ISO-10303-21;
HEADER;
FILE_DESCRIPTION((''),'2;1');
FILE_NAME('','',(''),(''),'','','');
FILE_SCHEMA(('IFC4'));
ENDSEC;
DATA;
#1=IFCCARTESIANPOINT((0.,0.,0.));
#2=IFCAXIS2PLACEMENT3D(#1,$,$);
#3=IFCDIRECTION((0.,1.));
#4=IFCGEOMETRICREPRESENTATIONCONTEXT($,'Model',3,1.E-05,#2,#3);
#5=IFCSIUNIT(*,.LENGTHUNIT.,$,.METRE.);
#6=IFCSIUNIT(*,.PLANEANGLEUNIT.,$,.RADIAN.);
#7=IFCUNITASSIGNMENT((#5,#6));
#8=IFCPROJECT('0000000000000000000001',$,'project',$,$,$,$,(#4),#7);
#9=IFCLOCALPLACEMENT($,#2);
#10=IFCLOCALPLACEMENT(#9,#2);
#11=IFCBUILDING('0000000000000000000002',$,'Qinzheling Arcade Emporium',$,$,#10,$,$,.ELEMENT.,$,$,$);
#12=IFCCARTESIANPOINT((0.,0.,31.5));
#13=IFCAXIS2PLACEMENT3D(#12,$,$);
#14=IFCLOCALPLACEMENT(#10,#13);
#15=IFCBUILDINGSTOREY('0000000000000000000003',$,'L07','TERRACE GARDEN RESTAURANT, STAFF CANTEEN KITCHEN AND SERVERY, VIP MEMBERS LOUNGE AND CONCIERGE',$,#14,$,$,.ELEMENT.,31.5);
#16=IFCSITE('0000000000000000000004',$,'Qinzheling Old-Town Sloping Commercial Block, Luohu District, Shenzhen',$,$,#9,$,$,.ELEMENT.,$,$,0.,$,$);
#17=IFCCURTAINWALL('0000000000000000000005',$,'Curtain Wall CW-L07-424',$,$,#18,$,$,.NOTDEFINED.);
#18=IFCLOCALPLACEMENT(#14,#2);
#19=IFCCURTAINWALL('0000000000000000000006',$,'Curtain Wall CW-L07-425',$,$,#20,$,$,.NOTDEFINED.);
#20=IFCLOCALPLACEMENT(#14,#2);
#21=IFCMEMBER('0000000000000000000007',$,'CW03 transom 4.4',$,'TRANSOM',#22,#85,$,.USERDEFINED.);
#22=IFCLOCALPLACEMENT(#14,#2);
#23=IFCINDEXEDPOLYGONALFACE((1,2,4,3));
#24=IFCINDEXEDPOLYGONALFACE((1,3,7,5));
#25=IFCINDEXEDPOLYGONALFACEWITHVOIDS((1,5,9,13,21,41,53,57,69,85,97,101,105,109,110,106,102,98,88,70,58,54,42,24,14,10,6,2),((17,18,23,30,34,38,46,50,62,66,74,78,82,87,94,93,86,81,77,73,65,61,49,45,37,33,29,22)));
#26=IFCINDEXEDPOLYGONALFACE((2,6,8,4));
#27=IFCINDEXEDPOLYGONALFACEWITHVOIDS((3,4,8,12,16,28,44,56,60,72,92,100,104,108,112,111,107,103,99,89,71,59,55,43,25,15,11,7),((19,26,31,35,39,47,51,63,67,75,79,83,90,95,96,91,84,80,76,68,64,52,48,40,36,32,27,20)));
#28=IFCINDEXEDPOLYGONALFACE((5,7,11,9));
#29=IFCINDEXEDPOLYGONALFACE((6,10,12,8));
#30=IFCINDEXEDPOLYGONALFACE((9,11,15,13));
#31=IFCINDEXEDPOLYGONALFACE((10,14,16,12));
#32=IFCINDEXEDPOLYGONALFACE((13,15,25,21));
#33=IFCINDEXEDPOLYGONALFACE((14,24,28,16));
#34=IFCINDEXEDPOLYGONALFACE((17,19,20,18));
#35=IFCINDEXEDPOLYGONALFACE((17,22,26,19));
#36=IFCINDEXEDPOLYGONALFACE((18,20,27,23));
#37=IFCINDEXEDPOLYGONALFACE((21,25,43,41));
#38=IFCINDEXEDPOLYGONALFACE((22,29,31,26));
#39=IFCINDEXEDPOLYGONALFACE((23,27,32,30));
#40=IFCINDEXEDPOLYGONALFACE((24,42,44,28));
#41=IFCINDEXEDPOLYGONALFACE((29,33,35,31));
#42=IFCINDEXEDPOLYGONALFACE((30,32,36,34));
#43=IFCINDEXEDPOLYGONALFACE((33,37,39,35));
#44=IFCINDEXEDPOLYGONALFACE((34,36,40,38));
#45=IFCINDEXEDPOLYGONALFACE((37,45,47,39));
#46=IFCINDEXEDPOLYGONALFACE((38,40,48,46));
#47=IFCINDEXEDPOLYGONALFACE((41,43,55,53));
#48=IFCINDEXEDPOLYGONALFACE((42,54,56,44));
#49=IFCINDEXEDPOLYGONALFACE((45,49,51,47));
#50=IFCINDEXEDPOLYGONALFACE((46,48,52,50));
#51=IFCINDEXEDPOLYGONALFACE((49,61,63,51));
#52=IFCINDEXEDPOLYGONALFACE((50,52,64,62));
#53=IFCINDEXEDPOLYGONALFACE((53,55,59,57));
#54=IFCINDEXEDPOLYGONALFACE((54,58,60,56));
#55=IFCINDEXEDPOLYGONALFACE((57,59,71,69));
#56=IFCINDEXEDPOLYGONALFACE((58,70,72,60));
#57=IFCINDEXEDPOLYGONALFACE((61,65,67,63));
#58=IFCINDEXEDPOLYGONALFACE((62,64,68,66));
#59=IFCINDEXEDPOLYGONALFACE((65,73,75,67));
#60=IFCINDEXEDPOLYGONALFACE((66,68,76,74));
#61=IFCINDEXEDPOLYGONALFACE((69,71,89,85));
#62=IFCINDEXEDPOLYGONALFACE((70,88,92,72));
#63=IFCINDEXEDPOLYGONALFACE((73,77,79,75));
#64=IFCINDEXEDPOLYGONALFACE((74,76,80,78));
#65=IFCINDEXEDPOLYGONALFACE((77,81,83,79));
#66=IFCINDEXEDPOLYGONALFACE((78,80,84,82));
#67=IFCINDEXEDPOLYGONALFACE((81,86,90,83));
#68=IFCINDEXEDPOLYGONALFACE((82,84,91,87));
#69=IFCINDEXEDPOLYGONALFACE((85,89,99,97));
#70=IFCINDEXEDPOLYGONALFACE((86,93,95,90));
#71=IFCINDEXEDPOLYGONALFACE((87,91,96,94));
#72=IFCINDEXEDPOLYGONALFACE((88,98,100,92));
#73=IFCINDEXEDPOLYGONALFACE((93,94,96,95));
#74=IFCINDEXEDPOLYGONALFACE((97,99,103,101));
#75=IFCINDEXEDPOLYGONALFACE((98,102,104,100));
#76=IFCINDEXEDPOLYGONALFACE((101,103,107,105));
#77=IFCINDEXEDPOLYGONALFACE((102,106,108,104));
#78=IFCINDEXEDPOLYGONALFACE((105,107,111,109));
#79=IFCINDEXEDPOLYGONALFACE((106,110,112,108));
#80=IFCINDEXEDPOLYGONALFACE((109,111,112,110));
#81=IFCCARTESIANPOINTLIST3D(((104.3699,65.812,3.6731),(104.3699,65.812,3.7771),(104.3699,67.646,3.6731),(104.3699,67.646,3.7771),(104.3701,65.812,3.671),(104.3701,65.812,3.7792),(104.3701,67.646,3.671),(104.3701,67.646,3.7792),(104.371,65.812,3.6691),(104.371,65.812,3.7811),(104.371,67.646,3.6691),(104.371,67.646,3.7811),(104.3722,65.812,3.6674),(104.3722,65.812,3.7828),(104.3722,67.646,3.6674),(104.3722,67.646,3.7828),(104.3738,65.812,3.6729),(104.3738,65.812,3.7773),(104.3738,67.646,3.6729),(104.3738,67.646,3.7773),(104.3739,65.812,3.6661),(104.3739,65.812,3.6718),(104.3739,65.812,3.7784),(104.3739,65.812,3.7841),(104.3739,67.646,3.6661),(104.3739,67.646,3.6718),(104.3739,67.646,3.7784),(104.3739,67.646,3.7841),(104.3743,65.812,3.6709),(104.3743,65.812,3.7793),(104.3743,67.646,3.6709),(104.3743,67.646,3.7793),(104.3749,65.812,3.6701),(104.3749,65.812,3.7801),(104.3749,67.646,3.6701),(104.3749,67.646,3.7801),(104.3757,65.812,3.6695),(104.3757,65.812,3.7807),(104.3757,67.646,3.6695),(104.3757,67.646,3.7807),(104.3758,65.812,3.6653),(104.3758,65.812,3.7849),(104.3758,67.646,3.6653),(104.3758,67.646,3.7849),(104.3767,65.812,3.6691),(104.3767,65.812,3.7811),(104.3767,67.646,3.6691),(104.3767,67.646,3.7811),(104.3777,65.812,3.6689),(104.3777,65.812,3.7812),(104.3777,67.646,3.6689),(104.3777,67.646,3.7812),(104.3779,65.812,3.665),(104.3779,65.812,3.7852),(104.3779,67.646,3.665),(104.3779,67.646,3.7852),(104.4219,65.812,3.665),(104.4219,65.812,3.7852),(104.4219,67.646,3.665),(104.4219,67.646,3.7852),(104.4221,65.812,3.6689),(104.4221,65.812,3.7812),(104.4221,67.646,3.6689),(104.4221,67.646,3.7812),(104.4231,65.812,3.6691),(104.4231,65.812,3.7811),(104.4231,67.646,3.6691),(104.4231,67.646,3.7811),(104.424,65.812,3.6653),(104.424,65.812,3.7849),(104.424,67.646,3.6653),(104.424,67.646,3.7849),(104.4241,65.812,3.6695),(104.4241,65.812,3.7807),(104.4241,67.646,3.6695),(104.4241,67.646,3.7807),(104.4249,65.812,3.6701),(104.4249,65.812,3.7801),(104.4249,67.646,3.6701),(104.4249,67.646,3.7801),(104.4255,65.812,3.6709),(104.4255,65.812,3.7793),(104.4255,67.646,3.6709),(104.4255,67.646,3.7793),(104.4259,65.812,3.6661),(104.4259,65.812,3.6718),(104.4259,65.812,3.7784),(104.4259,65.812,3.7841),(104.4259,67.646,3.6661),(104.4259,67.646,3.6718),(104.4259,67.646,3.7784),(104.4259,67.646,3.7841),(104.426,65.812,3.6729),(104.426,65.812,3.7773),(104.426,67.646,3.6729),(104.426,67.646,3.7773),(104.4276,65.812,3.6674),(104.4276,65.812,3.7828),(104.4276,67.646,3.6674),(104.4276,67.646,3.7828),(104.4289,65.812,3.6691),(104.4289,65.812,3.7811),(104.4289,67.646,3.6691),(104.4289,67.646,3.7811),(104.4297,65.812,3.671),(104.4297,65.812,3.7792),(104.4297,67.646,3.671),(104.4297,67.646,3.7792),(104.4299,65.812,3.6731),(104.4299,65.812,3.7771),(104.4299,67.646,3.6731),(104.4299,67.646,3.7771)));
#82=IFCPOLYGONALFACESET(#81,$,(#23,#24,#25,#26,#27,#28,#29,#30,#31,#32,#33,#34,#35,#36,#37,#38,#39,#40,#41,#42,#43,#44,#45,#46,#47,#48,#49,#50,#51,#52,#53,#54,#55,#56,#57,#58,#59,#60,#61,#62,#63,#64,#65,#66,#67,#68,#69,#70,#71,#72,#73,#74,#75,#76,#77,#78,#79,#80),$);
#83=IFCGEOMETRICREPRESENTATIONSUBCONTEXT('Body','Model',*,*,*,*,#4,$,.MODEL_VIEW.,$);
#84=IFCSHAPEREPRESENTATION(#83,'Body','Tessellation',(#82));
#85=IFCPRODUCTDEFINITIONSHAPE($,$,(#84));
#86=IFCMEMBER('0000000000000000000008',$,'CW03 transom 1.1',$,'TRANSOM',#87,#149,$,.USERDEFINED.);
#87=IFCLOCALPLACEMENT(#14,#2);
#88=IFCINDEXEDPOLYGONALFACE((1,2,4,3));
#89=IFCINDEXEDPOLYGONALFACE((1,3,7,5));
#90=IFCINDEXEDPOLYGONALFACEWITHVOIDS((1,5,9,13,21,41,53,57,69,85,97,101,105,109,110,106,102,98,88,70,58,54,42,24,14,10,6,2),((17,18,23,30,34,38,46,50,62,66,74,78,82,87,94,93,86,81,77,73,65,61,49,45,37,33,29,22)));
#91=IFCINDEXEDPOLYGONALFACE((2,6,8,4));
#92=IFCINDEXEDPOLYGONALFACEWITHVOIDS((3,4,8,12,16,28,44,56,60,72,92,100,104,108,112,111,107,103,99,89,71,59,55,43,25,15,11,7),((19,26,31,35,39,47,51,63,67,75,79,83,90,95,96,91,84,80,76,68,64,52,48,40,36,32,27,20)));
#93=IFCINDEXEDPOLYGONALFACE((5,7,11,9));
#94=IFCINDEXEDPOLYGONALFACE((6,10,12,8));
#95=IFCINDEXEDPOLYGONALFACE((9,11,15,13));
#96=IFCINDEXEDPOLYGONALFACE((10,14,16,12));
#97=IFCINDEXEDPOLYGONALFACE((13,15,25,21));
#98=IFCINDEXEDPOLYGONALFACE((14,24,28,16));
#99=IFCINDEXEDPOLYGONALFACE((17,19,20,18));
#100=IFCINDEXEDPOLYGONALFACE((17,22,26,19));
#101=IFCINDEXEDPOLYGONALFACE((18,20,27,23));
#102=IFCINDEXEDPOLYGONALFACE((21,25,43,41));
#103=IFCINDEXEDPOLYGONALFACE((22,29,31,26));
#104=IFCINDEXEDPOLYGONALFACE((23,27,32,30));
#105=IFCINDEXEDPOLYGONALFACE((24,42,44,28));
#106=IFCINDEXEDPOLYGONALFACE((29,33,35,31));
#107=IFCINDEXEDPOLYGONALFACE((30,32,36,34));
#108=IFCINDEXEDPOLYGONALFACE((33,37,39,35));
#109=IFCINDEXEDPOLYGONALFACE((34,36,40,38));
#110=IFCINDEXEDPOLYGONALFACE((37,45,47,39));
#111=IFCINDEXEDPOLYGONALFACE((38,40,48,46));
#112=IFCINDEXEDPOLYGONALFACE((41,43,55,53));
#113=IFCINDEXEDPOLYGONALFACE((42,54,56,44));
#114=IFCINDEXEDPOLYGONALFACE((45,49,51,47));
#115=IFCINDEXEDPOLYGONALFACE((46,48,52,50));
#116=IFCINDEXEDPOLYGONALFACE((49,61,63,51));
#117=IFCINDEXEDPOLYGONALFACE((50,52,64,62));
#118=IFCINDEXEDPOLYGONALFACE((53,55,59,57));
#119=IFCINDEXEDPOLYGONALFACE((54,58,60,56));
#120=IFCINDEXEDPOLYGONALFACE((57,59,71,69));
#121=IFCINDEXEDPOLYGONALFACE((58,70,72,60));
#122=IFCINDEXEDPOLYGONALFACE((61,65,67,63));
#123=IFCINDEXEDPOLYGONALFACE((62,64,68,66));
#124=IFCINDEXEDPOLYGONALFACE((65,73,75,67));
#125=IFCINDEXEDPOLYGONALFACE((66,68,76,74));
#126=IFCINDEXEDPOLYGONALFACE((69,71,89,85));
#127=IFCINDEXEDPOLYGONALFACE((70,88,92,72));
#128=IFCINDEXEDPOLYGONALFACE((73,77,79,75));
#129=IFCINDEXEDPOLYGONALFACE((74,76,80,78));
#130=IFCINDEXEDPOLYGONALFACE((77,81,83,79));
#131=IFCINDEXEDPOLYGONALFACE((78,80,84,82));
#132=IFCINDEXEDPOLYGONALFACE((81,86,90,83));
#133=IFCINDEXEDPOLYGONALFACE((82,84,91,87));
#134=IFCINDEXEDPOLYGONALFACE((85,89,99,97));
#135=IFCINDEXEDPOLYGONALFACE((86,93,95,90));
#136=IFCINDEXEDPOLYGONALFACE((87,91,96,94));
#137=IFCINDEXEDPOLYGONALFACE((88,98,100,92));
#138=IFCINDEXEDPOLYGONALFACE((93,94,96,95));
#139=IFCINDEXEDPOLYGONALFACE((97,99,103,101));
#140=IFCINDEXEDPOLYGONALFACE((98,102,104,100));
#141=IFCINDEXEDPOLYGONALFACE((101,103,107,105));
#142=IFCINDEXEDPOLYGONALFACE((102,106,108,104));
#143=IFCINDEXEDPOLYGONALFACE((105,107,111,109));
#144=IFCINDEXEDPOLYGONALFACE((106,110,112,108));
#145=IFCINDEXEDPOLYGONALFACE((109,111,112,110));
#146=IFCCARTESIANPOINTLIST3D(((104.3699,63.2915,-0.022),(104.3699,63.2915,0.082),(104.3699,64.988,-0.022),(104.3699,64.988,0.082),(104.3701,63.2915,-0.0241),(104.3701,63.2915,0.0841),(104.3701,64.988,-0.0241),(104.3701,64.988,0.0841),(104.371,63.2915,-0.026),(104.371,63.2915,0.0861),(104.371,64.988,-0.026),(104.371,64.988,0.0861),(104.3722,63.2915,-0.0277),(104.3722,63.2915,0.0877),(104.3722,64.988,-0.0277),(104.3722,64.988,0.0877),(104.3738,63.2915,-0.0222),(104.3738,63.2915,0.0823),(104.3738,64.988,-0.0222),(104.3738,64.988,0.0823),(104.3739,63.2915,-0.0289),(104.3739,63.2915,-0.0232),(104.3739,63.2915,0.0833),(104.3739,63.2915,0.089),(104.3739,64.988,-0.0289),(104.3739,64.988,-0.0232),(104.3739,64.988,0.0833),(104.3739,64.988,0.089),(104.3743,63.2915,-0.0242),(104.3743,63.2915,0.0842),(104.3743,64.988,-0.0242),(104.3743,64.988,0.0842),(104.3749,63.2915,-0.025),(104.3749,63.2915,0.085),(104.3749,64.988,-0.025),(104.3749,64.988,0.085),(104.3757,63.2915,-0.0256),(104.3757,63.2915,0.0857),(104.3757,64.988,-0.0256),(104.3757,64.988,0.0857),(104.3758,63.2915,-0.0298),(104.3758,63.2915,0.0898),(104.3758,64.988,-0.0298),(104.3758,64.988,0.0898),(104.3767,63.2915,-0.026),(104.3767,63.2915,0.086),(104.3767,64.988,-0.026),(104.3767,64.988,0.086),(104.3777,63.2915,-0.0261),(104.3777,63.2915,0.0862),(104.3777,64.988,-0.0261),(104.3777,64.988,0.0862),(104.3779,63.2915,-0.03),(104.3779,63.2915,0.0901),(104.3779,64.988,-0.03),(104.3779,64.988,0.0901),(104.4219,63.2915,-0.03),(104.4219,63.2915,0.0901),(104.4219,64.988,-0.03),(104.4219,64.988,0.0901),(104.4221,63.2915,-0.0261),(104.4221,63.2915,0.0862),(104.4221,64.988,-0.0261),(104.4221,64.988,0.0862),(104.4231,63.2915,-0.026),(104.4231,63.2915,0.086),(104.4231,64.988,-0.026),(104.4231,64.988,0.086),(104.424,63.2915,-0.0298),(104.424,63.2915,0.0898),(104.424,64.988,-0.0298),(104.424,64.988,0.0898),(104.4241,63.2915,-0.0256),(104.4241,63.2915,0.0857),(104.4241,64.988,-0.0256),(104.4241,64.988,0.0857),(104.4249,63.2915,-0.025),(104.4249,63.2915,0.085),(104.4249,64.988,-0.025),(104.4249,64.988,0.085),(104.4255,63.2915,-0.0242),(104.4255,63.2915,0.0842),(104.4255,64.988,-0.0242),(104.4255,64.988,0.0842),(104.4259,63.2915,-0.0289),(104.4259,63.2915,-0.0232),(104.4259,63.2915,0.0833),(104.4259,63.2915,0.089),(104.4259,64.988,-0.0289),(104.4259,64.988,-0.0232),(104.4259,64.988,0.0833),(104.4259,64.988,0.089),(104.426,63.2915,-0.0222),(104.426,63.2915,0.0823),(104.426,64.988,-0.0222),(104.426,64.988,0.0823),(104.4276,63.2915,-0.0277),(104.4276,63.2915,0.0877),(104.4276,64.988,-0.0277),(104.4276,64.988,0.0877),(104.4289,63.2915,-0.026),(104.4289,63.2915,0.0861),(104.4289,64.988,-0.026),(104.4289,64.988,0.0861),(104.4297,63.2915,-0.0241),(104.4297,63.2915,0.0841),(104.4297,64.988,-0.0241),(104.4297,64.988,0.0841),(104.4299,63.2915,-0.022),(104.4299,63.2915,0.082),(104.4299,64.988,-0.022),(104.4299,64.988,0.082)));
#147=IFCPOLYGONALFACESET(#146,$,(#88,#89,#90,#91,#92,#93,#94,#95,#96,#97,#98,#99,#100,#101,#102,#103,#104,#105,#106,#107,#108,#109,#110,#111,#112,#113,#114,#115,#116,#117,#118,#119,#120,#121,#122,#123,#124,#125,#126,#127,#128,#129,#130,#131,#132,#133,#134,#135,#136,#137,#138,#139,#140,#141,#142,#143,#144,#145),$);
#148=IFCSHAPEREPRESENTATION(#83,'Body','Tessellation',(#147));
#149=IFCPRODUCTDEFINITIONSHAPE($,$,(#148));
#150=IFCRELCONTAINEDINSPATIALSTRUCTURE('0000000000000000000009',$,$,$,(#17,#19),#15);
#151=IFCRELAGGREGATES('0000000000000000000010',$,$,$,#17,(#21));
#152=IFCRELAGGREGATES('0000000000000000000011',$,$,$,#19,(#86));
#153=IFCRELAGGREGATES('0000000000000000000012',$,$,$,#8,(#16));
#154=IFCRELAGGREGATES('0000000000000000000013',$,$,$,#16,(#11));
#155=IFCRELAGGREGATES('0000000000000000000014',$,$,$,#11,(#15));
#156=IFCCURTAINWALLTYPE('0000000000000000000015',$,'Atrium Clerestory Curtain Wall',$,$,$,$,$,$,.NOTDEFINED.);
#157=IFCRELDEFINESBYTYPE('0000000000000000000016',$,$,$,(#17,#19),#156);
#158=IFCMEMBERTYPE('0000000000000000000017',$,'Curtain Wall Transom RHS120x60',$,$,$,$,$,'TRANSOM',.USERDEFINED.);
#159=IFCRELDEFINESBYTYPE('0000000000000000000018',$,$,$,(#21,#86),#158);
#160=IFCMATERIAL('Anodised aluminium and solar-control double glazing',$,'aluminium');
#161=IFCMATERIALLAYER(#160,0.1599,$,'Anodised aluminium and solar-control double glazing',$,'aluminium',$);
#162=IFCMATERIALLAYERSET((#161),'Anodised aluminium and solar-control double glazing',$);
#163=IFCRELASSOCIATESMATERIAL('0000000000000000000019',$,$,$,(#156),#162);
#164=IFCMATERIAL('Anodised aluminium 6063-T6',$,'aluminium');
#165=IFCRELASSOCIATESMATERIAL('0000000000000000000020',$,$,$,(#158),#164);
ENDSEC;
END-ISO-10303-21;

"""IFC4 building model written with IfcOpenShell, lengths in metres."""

from ifc_helpers import new_model, si_unit, direction, frame, origin, origin_2d, place, context, subcontext, project, spatial, hollow_rectangle, extrude, material, layer, layer_set, material_profile, profile_set, type_object, element, aggregate, save


model = new_model("IFC4")

# Units and contexts
model_context = context("Model", 3, precision=1e-05, world=origin(), true_north=direction((0.0, 1.0)))
body_context = subcontext(model_context, "Body", "Model", "MODEL_VIEW")
ifc_project = project(units=[si_unit("LENGTHUNIT", "METRE"), si_unit("PLANEANGLEUNIT", "RADIAN")], contexts=[model_context])

# Site, building, storey
site_placement = place(None, origin())
site = spatial("IfcSite", under=ifc_project, at=site_placement, Name="Qinzheling Old-Town Sloping Commercial Block, Luohu District, Shenzhen", CompositionType="ELEMENT", RefElevation=0.0)
building_placement = place(site_placement, origin())
building = spatial("IfcBuilding", under=site, at=building_placement, Name="Qinzheling Arcade Emporium", CompositionType="ELEMENT")
storey_placement = place(building_placement, frame((0.0, 0.0, 31.5)))
storey = spatial("IfcBuildingStorey", under=building, at=storey_placement, Name="L07", Description="TERRACE GARDEN RESTAURANT, STAFF CANTEEN KITCHEN AND SERVERY, VIP MEMBERS LOUNGE AND CONCIERGE", CompositionType="ELEMENT", Elevation=31.5)

# Curtain wall
ifc_material_1 = material(Name="Anodised aluminium and solar-control double glazing", Category="aluminium")
ifc_layer_1 = layer(ifc_material_1, 0.1599, Name="Anodised aluminium and solar-control double glazing", Category="aluminium")
ifc_layer_set_1 = layer_set([ifc_layer_1], Name="Anodised aluminium and solar-control double glazing")
curtain_wall_type = type_object("IfcCurtainWallType", Name="Atrium Clerestory Curtain Wall", PredefinedType="NOTDEFINED", material=ifc_layer_set_1)
curtain_wall_1_placement = place(storey_placement, origin())
curtain_wall_1 = element("IfcCurtainWall", 1, at=curtain_wall_1_placement, inside=storey, type_object=curtain_wall_type, Name="Curtain Wall CW-L07-424", PredefinedType="NOTDEFINED")
ifc_material_2 = material(Name="Anodised aluminium 6063-T6", Category="aluminium")

# Curtain wall
curtain_wall_2_placement = place(storey_placement, origin())
curtain_wall_2 = element("IfcCurtainWall", 2, at=curtain_wall_2_placement, inside=storey, type_object=curtain_wall_type, Name="Curtain Wall CW-L07-425", PredefinedType="NOTDEFINED")

# Members
ifc_material_profile_1 = material_profile(ifc_material_2, hollow_rectangle(XDim=0.0601, YDim=0.1201, WallThickness=0.0039, InnerFilletRadius=0.0039, OuterFilletRadius=0.0081, at=origin_2d()), Name="RHS 120x60x4", Category="aluminium")
ifc_profile_set_1 = profile_set([ifc_material_profile_1], Name="Anodised aluminium 6063-T6")
member_type_1 = type_object("IfcMemberType", Name="Curtain Wall Transom RHS120x60", ElementType="TRANSOM", PredefinedType="USERDEFINED", material=ifc_profile_set_1)
member_1_placement = place(storey_placement, frame((104.3999, 67.646, 3.7251), z_axis=(0.0, -1.0, 0.0), x_axis=(1.0, 0.0, 0.0)))
member_1 = element("IfcMember", 3, at=member_1_placement, type_object=member_type_1, Name="CW03 transom 4.4", ObjectType="TRANSOM", PredefinedType="USERDEFINED", context=body_context, shape_type="SweptSolid", body=[
    extrude(hollow_rectangle(XDim=0.0601, YDim=0.1201, WallThickness=0.0039, InnerFilletRadius=0.0039, OuterFilletRadius=0.0081, at=origin_2d()), origin(), (0.0, 0.0, 1.0), 1.834),
])
member_2_placement = place(storey_placement, frame((104.3999, 64.988, 0.03), z_axis=(0.0, -1.0, 0.0), x_axis=(1.0, 0.0, 0.0)))
member_2 = element("IfcMember", 4, at=member_2_placement, type_object=member_type_1, Name="CW03 transom 1.1", ObjectType="TRANSOM", PredefinedType="USERDEFINED", context=body_context, shape_type="SweptSolid", body=[
    extrude(hollow_rectangle(XDim=0.0601, YDim=0.1201, WallThickness=0.0039, InnerFilletRadius=0.0039, OuterFilletRadius=0.0081, at=origin_2d()), origin(), (0.0, 0.0, 1.0), 1.6965),
])

aggregate(curtain_wall_1, [member_1])
aggregate(curtain_wall_2, [member_2])

save(model, "model.ifc")
